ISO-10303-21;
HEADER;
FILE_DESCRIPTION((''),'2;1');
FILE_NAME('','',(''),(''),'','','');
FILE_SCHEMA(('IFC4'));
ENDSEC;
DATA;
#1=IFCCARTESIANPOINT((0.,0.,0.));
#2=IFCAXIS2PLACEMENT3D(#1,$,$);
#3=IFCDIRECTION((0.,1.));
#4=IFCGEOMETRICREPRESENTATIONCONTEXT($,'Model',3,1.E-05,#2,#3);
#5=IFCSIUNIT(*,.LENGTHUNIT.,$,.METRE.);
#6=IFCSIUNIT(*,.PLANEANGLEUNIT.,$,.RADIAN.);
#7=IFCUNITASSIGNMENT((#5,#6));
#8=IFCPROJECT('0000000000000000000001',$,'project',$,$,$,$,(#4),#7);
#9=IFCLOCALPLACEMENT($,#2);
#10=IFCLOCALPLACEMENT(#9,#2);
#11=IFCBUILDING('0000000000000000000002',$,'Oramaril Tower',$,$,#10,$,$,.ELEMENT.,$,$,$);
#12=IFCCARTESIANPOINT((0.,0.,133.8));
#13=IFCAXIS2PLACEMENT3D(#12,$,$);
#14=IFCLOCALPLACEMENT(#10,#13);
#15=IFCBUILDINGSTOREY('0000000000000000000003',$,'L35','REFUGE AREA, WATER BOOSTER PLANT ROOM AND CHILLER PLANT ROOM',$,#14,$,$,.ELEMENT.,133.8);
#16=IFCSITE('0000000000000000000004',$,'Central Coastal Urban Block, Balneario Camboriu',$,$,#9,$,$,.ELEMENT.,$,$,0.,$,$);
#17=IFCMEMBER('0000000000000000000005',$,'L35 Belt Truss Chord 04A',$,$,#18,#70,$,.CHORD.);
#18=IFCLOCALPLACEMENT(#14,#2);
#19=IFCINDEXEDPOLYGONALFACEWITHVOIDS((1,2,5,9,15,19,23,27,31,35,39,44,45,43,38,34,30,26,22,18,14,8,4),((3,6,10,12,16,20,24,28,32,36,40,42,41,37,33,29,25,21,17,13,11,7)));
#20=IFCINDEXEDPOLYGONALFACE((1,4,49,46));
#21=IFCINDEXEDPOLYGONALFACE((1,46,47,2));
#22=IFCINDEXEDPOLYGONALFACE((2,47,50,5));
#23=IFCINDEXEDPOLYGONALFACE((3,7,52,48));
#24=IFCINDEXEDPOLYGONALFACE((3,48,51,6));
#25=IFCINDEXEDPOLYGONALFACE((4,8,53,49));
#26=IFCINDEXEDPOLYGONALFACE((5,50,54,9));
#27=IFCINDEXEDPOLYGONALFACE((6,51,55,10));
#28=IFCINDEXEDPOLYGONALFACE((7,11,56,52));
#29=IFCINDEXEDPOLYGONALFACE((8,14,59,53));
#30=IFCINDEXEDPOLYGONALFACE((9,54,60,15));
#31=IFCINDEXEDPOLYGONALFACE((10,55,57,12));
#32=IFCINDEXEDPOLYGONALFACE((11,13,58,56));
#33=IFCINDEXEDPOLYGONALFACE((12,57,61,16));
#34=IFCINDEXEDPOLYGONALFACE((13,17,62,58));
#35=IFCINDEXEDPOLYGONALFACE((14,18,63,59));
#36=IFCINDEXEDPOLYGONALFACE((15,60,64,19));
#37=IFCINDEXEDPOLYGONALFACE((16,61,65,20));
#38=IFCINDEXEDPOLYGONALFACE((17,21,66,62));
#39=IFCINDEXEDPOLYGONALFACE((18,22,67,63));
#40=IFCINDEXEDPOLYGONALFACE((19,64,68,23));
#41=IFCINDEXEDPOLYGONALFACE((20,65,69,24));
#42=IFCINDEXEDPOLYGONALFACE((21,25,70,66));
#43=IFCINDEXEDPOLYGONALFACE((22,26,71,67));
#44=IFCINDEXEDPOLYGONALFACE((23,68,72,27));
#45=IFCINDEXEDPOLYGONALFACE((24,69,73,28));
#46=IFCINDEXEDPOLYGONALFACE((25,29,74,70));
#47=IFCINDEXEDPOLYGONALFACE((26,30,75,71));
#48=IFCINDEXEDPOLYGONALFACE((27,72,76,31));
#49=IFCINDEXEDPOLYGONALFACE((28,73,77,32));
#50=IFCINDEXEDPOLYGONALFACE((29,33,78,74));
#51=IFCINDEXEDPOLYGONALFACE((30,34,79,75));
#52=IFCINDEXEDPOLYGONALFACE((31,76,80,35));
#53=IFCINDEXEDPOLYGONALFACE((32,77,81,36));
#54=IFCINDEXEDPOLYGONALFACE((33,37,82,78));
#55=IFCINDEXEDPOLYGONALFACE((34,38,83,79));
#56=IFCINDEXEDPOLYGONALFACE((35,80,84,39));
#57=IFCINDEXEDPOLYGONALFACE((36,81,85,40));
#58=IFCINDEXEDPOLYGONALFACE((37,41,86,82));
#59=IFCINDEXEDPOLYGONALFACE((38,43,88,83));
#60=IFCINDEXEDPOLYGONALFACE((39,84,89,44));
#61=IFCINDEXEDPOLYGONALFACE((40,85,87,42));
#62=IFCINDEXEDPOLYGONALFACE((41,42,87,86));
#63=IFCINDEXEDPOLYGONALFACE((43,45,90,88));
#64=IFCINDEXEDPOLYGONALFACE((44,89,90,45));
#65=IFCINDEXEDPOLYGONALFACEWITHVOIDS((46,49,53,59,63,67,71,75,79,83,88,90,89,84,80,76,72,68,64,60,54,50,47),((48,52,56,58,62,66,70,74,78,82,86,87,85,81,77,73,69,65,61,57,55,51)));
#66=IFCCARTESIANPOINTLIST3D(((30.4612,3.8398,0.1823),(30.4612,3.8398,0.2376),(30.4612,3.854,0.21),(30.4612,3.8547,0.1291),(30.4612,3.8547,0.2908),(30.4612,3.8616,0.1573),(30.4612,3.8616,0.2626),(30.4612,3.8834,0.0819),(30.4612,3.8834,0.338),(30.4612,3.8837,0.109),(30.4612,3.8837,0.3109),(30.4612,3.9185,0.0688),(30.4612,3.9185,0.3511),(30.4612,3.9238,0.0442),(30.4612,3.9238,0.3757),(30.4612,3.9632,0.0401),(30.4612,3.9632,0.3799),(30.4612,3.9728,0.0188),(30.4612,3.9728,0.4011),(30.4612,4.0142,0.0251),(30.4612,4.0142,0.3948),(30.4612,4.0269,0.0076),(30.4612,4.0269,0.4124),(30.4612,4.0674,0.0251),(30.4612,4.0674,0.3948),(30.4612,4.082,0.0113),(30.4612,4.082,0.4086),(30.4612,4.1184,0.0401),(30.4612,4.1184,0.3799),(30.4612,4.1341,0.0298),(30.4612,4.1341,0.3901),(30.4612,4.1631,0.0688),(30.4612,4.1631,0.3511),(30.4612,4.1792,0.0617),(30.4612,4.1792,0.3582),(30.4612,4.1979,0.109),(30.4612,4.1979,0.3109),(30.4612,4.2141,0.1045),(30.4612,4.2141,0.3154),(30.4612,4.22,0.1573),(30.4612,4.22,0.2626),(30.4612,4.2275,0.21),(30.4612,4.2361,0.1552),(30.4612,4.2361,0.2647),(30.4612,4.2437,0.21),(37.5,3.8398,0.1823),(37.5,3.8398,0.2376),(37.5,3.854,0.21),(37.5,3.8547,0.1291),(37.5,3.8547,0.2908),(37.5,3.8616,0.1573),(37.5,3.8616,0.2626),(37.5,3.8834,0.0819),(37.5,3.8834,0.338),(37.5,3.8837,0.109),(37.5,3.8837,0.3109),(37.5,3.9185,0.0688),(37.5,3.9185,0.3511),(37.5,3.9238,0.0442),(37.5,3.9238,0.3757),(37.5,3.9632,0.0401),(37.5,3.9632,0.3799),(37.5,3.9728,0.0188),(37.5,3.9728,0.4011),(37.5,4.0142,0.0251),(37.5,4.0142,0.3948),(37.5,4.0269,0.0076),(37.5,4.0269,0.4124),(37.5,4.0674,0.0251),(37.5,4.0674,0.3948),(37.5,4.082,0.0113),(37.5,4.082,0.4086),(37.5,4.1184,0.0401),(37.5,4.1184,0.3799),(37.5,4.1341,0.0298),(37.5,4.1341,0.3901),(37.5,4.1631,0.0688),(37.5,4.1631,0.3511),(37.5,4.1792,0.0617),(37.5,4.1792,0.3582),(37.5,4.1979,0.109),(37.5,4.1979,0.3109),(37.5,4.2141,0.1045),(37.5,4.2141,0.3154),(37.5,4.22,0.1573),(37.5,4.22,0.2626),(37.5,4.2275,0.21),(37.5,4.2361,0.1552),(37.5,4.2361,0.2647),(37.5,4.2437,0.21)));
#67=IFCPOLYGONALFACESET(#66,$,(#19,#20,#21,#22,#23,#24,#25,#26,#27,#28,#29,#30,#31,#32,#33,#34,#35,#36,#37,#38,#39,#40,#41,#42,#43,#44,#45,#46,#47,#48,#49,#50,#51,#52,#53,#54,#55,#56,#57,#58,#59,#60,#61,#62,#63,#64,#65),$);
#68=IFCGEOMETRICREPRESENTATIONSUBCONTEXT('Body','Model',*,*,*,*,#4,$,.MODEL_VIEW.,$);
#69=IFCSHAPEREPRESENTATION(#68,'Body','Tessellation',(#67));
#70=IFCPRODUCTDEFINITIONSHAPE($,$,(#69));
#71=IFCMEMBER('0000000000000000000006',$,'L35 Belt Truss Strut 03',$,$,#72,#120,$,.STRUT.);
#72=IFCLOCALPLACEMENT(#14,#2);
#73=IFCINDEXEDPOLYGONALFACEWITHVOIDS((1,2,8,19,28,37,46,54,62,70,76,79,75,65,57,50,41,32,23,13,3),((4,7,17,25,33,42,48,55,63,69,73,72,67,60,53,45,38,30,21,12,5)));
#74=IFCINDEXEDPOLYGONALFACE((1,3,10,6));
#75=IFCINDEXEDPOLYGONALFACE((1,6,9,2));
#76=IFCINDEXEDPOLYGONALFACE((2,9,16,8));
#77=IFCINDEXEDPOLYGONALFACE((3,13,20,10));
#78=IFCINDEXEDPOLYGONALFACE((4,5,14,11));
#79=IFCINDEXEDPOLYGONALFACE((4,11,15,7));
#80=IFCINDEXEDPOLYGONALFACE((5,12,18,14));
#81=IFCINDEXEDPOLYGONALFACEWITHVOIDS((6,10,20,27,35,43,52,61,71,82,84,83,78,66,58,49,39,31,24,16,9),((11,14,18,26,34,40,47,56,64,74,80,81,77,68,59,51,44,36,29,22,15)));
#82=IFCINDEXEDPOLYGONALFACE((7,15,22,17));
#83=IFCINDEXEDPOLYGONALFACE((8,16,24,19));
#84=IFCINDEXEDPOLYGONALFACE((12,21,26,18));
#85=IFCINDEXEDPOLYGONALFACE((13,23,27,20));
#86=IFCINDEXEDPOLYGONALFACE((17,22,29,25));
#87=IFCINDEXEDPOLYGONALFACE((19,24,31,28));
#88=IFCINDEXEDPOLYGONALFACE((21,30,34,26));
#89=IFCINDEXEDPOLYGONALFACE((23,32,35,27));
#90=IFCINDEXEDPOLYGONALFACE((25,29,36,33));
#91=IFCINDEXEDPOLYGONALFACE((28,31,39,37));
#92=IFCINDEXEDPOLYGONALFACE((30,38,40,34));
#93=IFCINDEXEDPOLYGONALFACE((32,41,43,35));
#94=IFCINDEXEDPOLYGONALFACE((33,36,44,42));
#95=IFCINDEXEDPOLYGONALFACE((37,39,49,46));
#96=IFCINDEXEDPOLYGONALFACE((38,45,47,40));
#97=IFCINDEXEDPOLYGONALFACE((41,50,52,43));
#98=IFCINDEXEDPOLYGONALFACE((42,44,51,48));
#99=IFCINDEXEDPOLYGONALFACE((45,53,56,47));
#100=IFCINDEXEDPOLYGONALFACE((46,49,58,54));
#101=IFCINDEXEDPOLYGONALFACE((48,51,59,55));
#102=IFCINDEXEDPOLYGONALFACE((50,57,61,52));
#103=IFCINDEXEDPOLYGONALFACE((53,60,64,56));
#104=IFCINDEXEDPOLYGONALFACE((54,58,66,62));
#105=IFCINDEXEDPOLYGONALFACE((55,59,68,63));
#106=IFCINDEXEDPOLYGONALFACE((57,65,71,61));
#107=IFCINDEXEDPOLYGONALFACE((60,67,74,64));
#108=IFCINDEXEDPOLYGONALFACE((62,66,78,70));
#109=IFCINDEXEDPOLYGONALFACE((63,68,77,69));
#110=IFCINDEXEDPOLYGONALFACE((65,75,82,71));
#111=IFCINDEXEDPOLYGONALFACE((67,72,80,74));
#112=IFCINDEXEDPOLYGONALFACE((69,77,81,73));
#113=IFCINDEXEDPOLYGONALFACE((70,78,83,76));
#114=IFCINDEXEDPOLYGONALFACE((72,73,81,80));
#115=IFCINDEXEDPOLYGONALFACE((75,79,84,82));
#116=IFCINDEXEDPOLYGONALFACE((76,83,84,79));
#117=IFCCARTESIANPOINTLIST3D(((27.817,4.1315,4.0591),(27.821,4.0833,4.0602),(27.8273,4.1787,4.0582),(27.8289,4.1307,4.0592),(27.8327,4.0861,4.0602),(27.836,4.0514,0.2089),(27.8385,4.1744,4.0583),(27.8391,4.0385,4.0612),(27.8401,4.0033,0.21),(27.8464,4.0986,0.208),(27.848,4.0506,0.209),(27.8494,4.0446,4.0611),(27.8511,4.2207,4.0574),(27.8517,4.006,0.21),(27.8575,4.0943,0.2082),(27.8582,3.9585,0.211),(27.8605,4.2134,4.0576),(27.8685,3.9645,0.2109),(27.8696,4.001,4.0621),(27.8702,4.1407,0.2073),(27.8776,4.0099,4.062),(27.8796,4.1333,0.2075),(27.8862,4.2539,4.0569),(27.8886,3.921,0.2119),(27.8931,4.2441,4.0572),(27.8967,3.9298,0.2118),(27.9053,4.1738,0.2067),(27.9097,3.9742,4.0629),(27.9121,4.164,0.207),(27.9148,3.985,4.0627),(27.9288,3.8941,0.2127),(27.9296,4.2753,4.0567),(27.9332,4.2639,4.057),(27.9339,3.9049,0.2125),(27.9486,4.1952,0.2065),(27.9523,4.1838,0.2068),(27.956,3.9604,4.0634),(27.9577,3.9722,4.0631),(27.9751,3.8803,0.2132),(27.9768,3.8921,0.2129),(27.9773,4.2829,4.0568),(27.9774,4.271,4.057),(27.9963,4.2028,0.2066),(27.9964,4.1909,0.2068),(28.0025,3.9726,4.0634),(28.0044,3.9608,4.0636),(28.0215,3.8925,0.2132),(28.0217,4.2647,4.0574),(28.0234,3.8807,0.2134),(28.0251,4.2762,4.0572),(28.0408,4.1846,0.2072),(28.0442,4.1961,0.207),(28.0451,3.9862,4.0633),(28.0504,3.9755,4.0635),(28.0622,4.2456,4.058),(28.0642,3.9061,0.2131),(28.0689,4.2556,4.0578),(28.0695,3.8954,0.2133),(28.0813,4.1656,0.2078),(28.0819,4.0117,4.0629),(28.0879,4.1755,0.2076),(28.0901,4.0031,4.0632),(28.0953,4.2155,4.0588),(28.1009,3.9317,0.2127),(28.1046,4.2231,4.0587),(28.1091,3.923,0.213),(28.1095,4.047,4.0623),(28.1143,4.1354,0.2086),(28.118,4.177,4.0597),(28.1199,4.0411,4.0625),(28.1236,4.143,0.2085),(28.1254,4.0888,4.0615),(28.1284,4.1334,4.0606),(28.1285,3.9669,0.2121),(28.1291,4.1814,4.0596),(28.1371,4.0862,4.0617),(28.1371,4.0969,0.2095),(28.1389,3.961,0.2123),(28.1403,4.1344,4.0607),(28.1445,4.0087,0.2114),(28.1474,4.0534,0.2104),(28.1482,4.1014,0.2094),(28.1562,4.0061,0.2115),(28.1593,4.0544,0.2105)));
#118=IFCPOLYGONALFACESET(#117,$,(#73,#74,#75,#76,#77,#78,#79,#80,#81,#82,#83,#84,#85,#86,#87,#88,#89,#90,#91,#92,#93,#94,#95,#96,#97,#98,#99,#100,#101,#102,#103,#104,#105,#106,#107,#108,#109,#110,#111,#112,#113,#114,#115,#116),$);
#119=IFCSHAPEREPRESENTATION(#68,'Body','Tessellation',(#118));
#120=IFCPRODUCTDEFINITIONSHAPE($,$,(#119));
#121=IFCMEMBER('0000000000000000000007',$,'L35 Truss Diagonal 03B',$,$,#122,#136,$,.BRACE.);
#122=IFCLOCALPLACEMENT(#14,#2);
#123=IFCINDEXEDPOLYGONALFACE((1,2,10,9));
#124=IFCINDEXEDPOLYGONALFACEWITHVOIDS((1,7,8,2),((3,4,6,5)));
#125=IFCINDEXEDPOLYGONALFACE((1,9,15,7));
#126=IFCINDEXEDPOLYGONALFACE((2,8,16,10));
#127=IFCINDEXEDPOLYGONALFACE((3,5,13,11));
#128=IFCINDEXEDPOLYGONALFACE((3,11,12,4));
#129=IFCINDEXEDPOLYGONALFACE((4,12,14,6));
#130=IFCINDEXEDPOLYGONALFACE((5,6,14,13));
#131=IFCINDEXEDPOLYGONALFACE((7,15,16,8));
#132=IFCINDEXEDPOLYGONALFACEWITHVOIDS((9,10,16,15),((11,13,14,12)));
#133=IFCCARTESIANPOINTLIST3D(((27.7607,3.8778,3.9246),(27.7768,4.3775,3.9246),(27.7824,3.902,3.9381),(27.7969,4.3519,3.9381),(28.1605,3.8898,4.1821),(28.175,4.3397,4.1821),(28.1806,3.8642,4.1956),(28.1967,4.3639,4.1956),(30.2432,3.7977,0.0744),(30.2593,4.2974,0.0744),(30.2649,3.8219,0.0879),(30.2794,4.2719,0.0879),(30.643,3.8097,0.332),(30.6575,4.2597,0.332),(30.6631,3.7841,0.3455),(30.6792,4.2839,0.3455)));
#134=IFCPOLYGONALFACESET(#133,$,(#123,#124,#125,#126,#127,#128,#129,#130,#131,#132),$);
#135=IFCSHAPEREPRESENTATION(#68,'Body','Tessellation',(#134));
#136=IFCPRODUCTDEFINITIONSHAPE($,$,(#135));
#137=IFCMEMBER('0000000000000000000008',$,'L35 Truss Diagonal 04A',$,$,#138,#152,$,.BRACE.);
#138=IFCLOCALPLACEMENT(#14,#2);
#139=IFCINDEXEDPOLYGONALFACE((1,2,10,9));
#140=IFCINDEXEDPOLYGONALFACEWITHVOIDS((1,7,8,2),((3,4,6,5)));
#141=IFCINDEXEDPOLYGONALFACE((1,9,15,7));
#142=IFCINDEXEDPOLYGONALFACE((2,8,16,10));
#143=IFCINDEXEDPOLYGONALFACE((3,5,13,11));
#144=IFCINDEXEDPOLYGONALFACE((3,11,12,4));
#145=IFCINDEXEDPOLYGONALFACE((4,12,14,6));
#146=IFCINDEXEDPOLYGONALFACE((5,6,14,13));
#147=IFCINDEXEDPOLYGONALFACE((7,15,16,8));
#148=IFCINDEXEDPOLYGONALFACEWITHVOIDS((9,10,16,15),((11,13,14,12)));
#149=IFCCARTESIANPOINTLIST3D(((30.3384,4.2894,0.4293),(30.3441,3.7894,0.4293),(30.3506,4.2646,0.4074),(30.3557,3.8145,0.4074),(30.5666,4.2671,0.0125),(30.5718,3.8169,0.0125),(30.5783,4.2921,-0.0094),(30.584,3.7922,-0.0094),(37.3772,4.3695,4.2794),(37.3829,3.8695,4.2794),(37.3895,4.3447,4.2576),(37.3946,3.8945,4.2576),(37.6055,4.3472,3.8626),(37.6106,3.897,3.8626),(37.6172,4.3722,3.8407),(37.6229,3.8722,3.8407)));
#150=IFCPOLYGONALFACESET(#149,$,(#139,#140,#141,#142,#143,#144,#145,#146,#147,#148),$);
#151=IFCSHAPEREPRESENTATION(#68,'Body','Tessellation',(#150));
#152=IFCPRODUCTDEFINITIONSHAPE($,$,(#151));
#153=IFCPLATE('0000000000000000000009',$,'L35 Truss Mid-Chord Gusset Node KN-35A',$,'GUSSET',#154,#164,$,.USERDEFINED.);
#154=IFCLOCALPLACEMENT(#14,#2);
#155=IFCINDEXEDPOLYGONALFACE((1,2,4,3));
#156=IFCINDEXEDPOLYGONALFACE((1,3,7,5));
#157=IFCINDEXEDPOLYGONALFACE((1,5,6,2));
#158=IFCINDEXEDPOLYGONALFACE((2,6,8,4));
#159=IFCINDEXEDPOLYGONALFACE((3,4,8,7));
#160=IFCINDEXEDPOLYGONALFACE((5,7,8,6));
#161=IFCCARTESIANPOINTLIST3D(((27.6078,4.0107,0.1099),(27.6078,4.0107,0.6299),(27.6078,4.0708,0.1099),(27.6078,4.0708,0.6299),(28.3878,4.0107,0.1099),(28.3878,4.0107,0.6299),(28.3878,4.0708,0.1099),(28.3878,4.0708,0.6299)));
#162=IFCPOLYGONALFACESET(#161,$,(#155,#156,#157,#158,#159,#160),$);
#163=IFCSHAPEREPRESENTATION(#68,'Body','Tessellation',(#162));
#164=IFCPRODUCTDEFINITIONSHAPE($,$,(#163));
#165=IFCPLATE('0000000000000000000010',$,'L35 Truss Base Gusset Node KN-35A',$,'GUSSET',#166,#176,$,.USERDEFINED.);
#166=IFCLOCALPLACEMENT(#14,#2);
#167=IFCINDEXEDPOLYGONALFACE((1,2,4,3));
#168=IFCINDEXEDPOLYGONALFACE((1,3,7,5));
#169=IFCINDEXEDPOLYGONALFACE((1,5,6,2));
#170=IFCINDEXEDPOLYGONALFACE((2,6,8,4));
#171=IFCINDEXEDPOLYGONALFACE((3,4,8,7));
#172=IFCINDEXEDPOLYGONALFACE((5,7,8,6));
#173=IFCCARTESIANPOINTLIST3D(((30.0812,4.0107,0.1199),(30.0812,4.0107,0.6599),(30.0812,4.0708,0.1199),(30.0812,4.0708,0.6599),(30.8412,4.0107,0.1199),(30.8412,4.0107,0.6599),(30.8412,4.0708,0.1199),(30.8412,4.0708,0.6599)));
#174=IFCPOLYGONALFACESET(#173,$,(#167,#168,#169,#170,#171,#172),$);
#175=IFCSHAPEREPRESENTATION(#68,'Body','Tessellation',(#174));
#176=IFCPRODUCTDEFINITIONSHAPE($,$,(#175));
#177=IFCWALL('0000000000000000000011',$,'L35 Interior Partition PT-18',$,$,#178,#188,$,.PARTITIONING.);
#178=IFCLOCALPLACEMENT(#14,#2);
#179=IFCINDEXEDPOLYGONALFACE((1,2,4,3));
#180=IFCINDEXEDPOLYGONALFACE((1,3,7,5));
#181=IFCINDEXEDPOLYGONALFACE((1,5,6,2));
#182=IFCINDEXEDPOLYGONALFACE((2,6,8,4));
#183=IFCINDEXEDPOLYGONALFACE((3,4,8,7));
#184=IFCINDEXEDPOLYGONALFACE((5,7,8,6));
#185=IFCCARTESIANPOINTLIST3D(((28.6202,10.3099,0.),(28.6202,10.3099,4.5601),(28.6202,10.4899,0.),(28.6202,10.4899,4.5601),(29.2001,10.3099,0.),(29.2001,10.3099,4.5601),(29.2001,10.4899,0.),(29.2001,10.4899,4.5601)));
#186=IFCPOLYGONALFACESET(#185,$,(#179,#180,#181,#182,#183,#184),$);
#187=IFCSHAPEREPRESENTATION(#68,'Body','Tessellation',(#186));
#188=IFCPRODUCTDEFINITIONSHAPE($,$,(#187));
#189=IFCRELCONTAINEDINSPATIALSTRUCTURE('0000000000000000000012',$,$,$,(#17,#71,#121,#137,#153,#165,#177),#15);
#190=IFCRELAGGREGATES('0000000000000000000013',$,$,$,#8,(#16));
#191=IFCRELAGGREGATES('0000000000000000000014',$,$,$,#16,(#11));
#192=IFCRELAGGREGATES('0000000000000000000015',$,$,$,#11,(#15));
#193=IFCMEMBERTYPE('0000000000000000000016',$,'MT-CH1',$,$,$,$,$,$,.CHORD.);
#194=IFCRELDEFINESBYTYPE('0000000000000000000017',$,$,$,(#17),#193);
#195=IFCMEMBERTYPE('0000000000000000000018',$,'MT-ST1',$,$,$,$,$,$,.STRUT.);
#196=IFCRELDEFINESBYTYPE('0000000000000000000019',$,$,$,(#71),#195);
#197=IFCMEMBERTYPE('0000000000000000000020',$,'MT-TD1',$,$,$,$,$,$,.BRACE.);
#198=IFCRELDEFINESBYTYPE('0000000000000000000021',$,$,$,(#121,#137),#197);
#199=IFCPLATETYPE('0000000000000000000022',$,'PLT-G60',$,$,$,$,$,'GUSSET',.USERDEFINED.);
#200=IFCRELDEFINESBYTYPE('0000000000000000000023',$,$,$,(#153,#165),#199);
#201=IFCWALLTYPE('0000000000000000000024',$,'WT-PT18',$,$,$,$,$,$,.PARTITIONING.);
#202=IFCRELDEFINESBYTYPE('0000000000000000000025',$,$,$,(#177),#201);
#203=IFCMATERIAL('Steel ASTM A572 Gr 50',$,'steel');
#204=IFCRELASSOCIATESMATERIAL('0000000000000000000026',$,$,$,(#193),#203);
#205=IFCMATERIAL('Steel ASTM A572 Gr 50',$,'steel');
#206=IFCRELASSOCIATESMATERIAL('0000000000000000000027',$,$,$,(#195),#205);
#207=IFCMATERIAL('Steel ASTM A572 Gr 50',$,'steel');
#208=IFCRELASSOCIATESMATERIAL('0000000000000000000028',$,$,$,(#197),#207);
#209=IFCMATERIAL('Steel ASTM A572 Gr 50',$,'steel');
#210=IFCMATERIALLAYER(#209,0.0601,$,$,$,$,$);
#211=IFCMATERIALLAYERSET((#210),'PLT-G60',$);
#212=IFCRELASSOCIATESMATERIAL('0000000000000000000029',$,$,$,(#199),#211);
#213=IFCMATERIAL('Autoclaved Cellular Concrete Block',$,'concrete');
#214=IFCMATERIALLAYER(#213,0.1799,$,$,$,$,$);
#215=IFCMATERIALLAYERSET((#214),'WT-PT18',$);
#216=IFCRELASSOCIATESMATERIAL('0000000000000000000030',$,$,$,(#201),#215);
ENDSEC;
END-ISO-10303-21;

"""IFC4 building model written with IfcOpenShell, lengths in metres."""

from ifc_helpers import new_model, si_unit, direction, frame, frame_2d, origin, origin_2d, place, context, subcontext, project, spatial, rectangle, hollow_rectangle, hollow_circle, extrude, material, layer, layer_set, material_profile, profile_set, type_object, element, save


model = new_model("IFC4")

# Units and contexts
model_context = context("Model", 3, precision=1e-05, world=origin(), true_north=direction((0.0, 1.0)))
body_context = subcontext(model_context, "Body", "Model", "MODEL_VIEW")
ifc_project = project(units=[si_unit("LENGTHUNIT", "METRE"), si_unit("PLANEANGLEUNIT", "RADIAN")], contexts=[model_context])

# Site, building, storey
site_placement = place(None, origin())
site = spatial("IfcSite", under=ifc_project, at=site_placement, Name="Central Coastal Urban Block, Balneario Camboriu", CompositionType="ELEMENT", RefElevation=0.0)
building_placement = place(site_placement, origin())
building = spatial("IfcBuilding", under=site, at=building_placement, Name="Oramaril Tower", CompositionType="ELEMENT")
storey_placement = place(building_placement, frame((0.0, 0.0, 133.8)))
storey = spatial("IfcBuildingStorey", under=building, at=storey_placement, Name="L35", Description="REFUGE AREA, WATER BOOSTER PLANT ROOM AND CHILLER PLANT ROOM", CompositionType="ELEMENT", Elevation=133.8)

# Members
ifc_material_1 = material(Name="Steel ASTM A572 Gr 50", Category="steel")
ifc_material_profile_1 = material_profile(ifc_material_1, hollow_circle(Radius=0.2029, WallThickness=0.0161, at=origin_2d()), Name="CHS406X16")
ifc_profile_set_1 = profile_set([ifc_material_profile_1], Name="Steel ASTM A572 Gr 50")
member_type_1 = type_object("IfcMemberType", Name="MT-CH1", PredefinedType="CHORD", material=ifc_profile_set_1)
member_1_placement = place(storey_placement, frame((30.4612, 4.0408, 0.21), z_axis=(1.0, 0.0, 0.0), x_axis=(0.0, 1.0, 0.0)))
element("IfcMember", 1, at=member_1_placement, inside=storey, type_object=member_type_1, Name="L35 Belt Truss Chord 04A", PredefinedType="CHORD", context=body_context, shape_type="SweptSolid", body=[
    extrude(hollow_circle(Radius=0.2029, WallThickness=0.0161, at=origin_2d()), origin(), (0.0, 0.0, 1.0), 7.0388),
])
ifc_material_2 = material(Name="Steel ASTM A572 Gr 50", Category="steel")
ifc_material_profile_2 = material_profile(ifc_material_2, hollow_circle(Radius=0.1621, WallThickness=0.012, at=origin_2d()), Name="CHS324X12")
ifc_profile_set_2 = profile_set([ifc_material_profile_2], Name="Steel ASTM A572 Gr 50")
member_type_2 = type_object("IfcMemberType", Name="MT-ST1", PredefinedType="STRUT", material=ifc_profile_set_2)
member_2_placement = place(storey_placement, frame((27.9978, 4.0408, 0.21), z_axis=(-0.004945, 0.020794, 0.999772), x_axis=(-0.97287, -0.231353, 0.0)))
element("IfcMember", 2, at=member_2_placement, inside=storey, type_object=member_type_2, Name="L35 Belt Truss Strut 03", PredefinedType="STRUT", context=body_context, shape_type="SweptSolid", body=[
    extrude(hollow_circle(Radius=0.1621, WallThickness=0.012, at=origin_2d()), origin(), (0.0, 0.0, 1.0), 3.8511),
])
ifc_material_3 = material(Name="Steel ASTM A572 Gr 50", Category="steel")
ifc_material_profile_3 = material_profile(ifc_material_3, hollow_rectangle(XDim=0.5, YDim=0.5, WallThickness=0.0249, at=origin_2d()), Name="HSS500X500X25")
ifc_profile_set_3 = profile_set([ifc_material_profile_3], Name="Steel ASTM A572 Gr 50")
member_type_3 = type_object("IfcMemberType", Name="MT-TD1", PredefinedType="BRACE", material=ifc_profile_set_3)
member_3_placement = place(storey_placement, frame((30.4612, 4.0408, 0.21), z_axis=(-0.541811, 0.017478, 0.840319), x_axis=(-0.032241, -0.99948, 0.0)))
element("IfcMember", 3, at=member_3_placement, inside=storey, type_object=member_type_3, Name="L35 Truss Diagonal 03B", PredefinedType="BRACE", context=body_context, shape_type="SweptSolid", body=[
    extrude(hollow_rectangle(XDim=0.5, YDim=0.5, WallThickness=0.0249, at=origin_2d()), origin(), (0.0, 0.0, 1.0), 4.5818),
])
member_4_placement = place(storey_placement, frame((30.4612, 4.0408, 0.21), z_axis=(0.877288, 0.009981, 0.47986), x_axis=(-0.011376, 0.999935, 0.0)))
element("IfcMember", 4, at=member_4_placement, inside=storey, type_object=member_type_3, Name="L35 Truss Diagonal 04A", PredefinedType="BRACE", context=body_context, shape_type="SweptSolid", body=[
    extrude(hollow_rectangle(XDim=0.5, YDim=0.5, WallThickness=0.0249, at=origin_2d()), origin(), (0.0, 0.0, 1.0), 8.0234),
])

# Plates
ifc_material_4 = material(Name="Steel ASTM A572 Gr 50", Category="steel")
ifc_layer_1 = layer(ifc_material_4, 0.0601)
ifc_layer_set_1 = layer_set([ifc_layer_1], Name="PLT-G60")
plate_type = type_object("IfcPlateType", Name="PLT-G60", ElementType="GUSSET", PredefinedType="USERDEFINED", material=ifc_layer_set_1)
plate_1_placement = place(storey_placement, frame((27.9978, 4.0408, 0.1099), z_axis=(0.0, 0.0, 1.0), x_axis=(1.0, 0.0, 0.0)))
element("IfcPlate", 5, at=plate_1_placement, inside=storey, type_object=plate_type, Name="L35 Truss Mid-Chord Gusset Node KN-35A", ObjectType="GUSSET", PredefinedType="USERDEFINED", context=body_context, shape_type="SweptSolid", body=[
    extrude(rectangle(XDim=0.78, YDim=0.0601, at=origin_2d()), origin(), (0.0, 0.0, 1.0), 0.52),
])
plate_2_placement = place(storey_placement, frame((30.4612, 4.0408, 0.1199), z_axis=(0.0, 0.0, 1.0), x_axis=(1.0, 0.0, 0.0)))
element("IfcPlate", 6, at=plate_2_placement, inside=storey, type_object=plate_type, Name="L35 Truss Base Gusset Node KN-35A", ObjectType="GUSSET", PredefinedType="USERDEFINED", context=body_context, shape_type="SweptSolid", body=[
    extrude(rectangle(XDim=0.76, YDim=0.0601, at=origin_2d()), origin(), (0.0, 0.0, 1.0), 0.54),
])

# Wall
ifc_material_5 = material(Name="Autoclaved Cellular Concrete Block", Category="concrete")
ifc_layer_2 = layer(ifc_material_5, 0.1799)
ifc_layer_set_2 = layer_set([ifc_layer_2], Name="WT-PT18")
wall_type_1 = type_object("IfcWallType", Name="WT-PT18", PredefinedType="PARTITIONING", material=ifc_layer_set_2)
wall_1_placement = place(storey_placement, frame((28.6201, 10.3999, 0.0), z_axis=(0.0, 0.0, 1.0), x_axis=(1.0, 0.0, 0.0)))
element("IfcWall", 7, at=wall_1_placement, inside=storey, type_object=wall_type_1, Name="L35 Interior Partition PT-18", PredefinedType="PARTITIONING", context=body_context, shape_type="SweptSolid", body=[
    extrude(rectangle(XDim=0.5798, YDim=0.1799, at=frame_2d((0.29, 0.0))), origin(), (0.0, 0.0, 1.0), 4.5601),
])

save(model, "model.ifc")
